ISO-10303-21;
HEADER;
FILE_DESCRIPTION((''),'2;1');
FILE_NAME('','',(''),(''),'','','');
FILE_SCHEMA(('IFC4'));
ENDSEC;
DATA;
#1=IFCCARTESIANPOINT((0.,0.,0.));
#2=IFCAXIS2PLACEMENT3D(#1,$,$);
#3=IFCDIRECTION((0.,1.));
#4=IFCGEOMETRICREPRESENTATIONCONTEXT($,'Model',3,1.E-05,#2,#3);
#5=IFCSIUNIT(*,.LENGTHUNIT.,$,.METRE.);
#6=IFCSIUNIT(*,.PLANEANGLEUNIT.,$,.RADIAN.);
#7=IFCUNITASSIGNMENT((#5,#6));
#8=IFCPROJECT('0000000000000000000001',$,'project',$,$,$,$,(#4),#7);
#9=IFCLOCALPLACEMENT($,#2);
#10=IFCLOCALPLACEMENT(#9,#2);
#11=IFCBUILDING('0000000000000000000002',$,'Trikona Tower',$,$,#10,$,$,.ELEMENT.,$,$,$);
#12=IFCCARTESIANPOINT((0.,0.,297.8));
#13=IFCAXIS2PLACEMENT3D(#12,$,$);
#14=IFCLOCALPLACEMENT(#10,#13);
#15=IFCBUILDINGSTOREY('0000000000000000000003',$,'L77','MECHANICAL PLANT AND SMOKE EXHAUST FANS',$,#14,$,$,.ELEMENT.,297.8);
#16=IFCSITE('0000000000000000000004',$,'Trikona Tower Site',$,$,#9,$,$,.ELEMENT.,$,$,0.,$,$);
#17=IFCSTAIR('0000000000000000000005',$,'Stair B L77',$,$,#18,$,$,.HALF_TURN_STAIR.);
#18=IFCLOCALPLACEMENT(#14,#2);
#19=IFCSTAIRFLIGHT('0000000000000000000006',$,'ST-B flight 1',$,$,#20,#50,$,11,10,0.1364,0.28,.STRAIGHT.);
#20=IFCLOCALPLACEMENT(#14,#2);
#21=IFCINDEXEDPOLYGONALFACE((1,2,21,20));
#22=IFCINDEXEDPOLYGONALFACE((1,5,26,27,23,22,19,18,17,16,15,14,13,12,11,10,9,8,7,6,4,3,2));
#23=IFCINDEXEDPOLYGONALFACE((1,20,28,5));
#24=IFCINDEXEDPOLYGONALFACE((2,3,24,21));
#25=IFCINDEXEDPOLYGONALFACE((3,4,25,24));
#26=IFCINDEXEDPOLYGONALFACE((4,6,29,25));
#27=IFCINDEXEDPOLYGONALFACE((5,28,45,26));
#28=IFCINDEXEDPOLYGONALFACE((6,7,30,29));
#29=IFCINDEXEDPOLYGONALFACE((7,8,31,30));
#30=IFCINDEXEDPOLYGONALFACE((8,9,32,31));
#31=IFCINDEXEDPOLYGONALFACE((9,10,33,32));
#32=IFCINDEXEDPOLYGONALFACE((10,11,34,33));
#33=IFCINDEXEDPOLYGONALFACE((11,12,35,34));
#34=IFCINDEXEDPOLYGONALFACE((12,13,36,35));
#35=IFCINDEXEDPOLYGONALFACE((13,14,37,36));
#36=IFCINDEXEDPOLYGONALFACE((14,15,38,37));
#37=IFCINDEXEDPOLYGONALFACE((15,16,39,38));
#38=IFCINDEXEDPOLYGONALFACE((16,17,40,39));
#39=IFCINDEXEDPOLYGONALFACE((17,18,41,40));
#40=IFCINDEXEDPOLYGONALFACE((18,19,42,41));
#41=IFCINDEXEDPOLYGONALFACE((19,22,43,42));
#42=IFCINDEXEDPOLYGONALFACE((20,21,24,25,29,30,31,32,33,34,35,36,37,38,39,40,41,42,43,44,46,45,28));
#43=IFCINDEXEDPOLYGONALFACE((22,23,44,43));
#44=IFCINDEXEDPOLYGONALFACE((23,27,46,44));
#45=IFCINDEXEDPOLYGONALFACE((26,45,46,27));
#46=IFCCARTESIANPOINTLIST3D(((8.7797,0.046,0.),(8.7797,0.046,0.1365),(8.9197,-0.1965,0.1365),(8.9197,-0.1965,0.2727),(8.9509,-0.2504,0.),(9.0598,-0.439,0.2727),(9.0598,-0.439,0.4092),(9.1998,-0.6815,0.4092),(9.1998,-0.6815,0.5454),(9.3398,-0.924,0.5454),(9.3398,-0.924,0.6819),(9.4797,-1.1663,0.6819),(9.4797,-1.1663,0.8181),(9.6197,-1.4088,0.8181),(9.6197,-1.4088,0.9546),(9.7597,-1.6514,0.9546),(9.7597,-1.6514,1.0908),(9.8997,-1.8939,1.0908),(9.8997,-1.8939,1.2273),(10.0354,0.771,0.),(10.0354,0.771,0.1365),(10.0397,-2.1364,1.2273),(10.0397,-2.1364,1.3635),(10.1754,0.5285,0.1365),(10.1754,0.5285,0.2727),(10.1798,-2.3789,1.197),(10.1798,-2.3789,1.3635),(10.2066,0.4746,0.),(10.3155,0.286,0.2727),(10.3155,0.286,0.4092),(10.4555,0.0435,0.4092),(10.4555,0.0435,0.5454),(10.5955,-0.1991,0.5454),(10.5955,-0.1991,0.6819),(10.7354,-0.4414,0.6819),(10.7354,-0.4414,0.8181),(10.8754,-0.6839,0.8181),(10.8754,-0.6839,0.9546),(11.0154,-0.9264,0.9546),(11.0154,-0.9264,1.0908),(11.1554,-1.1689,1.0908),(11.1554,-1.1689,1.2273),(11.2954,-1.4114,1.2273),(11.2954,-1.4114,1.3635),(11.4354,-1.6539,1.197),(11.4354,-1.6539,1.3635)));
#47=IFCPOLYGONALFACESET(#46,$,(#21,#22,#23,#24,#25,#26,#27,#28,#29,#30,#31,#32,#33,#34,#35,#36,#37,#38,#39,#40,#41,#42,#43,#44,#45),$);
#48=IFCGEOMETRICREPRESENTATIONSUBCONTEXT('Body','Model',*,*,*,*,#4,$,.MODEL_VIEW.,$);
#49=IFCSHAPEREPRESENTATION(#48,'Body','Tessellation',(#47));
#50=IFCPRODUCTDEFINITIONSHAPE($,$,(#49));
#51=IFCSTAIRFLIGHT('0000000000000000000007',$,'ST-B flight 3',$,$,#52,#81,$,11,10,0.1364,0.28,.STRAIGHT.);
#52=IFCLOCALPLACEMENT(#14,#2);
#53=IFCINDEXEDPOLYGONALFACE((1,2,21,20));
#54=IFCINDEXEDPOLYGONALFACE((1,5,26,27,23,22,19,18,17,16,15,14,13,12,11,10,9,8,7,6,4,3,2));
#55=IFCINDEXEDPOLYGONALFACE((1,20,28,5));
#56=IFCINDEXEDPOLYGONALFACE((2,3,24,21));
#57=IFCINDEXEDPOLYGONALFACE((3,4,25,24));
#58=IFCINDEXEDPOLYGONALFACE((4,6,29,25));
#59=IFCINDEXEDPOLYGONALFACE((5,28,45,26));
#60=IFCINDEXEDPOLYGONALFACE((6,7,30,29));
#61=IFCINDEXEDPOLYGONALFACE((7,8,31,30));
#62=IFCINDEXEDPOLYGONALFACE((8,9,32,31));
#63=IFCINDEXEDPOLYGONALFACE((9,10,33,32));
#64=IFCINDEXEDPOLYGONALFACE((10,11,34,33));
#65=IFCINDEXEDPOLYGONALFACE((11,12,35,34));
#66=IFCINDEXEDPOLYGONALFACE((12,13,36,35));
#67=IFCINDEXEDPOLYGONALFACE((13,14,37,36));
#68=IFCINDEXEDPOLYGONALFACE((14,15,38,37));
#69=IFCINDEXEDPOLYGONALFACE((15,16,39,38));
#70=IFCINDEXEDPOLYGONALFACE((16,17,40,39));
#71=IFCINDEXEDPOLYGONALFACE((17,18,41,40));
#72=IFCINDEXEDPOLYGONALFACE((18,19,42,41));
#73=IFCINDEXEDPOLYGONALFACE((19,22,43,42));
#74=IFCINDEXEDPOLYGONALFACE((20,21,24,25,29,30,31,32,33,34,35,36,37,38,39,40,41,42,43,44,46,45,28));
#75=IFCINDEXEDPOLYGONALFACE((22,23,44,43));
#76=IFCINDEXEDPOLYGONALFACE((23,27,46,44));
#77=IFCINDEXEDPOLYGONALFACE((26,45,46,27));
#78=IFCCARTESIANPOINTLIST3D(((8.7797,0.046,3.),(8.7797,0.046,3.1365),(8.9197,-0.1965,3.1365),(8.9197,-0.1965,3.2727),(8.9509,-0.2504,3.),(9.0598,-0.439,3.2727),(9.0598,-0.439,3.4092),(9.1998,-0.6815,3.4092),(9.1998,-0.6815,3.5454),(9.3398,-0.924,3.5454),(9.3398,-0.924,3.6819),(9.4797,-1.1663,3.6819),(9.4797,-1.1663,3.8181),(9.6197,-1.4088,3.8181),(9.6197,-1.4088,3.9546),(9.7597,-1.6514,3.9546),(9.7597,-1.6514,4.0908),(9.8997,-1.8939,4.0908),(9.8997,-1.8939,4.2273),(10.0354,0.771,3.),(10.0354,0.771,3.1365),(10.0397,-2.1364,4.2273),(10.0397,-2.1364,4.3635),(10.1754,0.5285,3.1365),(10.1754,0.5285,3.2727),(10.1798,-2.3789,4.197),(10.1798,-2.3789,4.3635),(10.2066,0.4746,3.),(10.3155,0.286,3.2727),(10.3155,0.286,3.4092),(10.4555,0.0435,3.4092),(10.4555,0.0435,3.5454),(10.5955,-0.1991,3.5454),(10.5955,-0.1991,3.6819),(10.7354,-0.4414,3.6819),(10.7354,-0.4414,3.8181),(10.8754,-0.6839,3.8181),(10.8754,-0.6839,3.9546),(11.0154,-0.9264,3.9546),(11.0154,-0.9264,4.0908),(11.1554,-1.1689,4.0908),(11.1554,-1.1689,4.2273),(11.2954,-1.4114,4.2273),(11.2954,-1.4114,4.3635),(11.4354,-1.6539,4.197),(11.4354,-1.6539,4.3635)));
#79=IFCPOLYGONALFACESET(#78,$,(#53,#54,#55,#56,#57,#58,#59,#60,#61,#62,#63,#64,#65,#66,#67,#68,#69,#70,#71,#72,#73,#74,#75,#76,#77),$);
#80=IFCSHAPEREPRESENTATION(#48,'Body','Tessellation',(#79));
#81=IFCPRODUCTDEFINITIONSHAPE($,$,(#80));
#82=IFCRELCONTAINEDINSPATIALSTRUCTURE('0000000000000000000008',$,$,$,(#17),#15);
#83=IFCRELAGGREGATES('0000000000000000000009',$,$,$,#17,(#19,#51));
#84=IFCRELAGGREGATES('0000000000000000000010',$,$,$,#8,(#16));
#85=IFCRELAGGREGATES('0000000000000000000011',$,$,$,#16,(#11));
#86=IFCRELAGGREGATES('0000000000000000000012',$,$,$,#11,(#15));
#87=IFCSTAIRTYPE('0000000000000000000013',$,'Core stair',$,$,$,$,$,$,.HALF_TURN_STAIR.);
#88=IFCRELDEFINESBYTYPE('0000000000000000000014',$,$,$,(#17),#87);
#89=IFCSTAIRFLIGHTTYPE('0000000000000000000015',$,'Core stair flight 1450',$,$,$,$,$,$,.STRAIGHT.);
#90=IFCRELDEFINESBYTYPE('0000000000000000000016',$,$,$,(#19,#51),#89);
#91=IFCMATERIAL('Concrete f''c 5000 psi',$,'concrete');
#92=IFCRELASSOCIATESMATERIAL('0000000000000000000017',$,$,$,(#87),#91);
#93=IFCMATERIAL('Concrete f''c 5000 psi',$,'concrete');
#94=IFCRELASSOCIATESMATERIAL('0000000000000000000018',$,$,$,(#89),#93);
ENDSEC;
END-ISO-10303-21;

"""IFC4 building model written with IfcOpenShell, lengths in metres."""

from ifc_helpers import new_model, si_unit, direction, frame, origin, place, context, subcontext, project, spatial, polyline, outline, extrude, material, type_object, element, aggregate, save


model = new_model("IFC4")

# Units and contexts
model_context = context("Model", 3, precision=1e-05, world=origin(), true_north=direction((0.0, 1.0)))
body_context = subcontext(model_context, "Body", "Model", "MODEL_VIEW")
ifc_project = project(units=[si_unit("LENGTHUNIT", "METRE"), si_unit("PLANEANGLEUNIT", "RADIAN")], contexts=[model_context])

# Site, building, storey
site_placement = place(None, origin())
site = spatial("IfcSite", under=ifc_project, at=site_placement, Name="Trikona Tower Site", CompositionType="ELEMENT", RefElevation=0.0)
building_placement = place(site_placement, origin())
building = spatial("IfcBuilding", under=site, at=building_placement, Name="Trikona Tower", CompositionType="ELEMENT")
storey_placement = place(building_placement, frame((0.0, 0.0, 297.8)))
storey = spatial("IfcBuildingStorey", under=building, at=storey_placement, Name="L77", Description="MECHANICAL PLANT AND SMOKE EXHAUST FANS", CompositionType="ELEMENT", Elevation=297.8)

# Stair
ifc_material_1 = material(Name="Concrete f'c 5000 psi", Category="concrete")
stair_type = type_object("IfcStairType", Name="Core stair", PredefinedType="HALF_TURN_STAIR", material=ifc_material_1)
stair_1_placement = place(storey_placement, origin())
stair_1 = element("IfcStair", 1, at=stair_1_placement, inside=storey, type_object=stair_type, Name="Stair B L77", PredefinedType="HALF_TURN_STAIR")

# Stair flights
ifc_material_2 = material(Name="Concrete f'c 5000 psi", Category="concrete")
stair_flight_type = type_object("IfcStairFlightType", Name="Core stair flight 1450", PredefinedType="STRAIGHT", material=ifc_material_2)
stair_flight_1_placement = place(storey_placement, frame((9.4075, 0.4084, 0.0), z_axis=(0.0, 0.0, 1.0), x_axis=(0.5, -0.866025, 0.0)))
stair_flight_1 = element("IfcStairFlight", 2, at=stair_flight_1_placement, type_object=stair_flight_type, Name="ST-B flight 1", NumberOfRisers=11, NumberOfTreads=10, PredefinedType="STRAIGHT", RiserHeight=0.1364, TreadLength=0.28, context=body_context, shape_type="SweptSolid", body=[
    extrude(outline(polyline([(0.0, 0.0), (0.0, 0.1365), (0.28, 0.1365), (0.28, 0.2727), (0.5601, 0.2727), (0.5601, 0.4092), (0.8401, 0.4092), (0.8401, 0.5454), (1.1201, 0.5454), (1.1201, 0.6819), (1.3999, 0.6819), (1.3999, 0.8181), (1.6799, 0.8181), (1.6799, 0.9546), (1.96, 0.9546), (1.96, 1.0908), (2.24, 1.0908), (2.24, 1.2273), (2.52, 1.2273), (2.52, 1.3635), (2.8, 1.3635), (2.8, 1.5), (2.8, 1.197), (0.3423, 0.0), (0.0, 0.0)])), frame((0.0, 0.7251, 0.0), z_axis=(0.0, -1.0, 0.0), x_axis=(1.0, 0.0, 0.0)), (0.0, 0.0, 1.0), 1.45),
])
stair_flight_2_placement = place(storey_placement, frame((9.4075, 0.4084, 3.0), z_axis=(0.0, 0.0, 1.0), x_axis=(0.5, -0.866025, 0.0)))
stair_flight_2 = element("IfcStairFlight", 3, at=stair_flight_2_placement, type_object=stair_flight_type, Name="ST-B flight 3", NumberOfRisers=11, NumberOfTreads=10, PredefinedType="STRAIGHT", RiserHeight=0.1364, TreadLength=0.28, context=body_context, shape_type="SweptSolid", body=[
    extrude(outline(polyline([(0.0, 0.0), (0.0, 0.1365), (0.28, 0.1365), (0.28, 0.2727), (0.5601, 0.2727), (0.5601, 0.4092), (0.8401, 0.4092), (0.8401, 0.5454), (1.1201, 0.5454), (1.1201, 0.6819), (1.3999, 0.6819), (1.3999, 0.8181), (1.6799, 0.8181), (1.6799, 0.9546), (1.96, 0.9546), (1.96, 1.0908), (2.24, 1.0908), (2.24, 1.2273), (2.52, 1.2273), (2.52, 1.3635), (2.8, 1.3635), (2.8, 1.5), (2.8, 1.197), (0.3423, 0.0), (0.0, 0.0)])), frame((0.0, 0.7251, 0.0), z_axis=(0.0, -1.0, 0.0), x_axis=(1.0, 0.0, 0.0)), (0.0, 0.0, 1.0), 1.45),
])
aggregate(stair_1, [stair_flight_1, stair_flight_2])

save(model, "model.ifc")
